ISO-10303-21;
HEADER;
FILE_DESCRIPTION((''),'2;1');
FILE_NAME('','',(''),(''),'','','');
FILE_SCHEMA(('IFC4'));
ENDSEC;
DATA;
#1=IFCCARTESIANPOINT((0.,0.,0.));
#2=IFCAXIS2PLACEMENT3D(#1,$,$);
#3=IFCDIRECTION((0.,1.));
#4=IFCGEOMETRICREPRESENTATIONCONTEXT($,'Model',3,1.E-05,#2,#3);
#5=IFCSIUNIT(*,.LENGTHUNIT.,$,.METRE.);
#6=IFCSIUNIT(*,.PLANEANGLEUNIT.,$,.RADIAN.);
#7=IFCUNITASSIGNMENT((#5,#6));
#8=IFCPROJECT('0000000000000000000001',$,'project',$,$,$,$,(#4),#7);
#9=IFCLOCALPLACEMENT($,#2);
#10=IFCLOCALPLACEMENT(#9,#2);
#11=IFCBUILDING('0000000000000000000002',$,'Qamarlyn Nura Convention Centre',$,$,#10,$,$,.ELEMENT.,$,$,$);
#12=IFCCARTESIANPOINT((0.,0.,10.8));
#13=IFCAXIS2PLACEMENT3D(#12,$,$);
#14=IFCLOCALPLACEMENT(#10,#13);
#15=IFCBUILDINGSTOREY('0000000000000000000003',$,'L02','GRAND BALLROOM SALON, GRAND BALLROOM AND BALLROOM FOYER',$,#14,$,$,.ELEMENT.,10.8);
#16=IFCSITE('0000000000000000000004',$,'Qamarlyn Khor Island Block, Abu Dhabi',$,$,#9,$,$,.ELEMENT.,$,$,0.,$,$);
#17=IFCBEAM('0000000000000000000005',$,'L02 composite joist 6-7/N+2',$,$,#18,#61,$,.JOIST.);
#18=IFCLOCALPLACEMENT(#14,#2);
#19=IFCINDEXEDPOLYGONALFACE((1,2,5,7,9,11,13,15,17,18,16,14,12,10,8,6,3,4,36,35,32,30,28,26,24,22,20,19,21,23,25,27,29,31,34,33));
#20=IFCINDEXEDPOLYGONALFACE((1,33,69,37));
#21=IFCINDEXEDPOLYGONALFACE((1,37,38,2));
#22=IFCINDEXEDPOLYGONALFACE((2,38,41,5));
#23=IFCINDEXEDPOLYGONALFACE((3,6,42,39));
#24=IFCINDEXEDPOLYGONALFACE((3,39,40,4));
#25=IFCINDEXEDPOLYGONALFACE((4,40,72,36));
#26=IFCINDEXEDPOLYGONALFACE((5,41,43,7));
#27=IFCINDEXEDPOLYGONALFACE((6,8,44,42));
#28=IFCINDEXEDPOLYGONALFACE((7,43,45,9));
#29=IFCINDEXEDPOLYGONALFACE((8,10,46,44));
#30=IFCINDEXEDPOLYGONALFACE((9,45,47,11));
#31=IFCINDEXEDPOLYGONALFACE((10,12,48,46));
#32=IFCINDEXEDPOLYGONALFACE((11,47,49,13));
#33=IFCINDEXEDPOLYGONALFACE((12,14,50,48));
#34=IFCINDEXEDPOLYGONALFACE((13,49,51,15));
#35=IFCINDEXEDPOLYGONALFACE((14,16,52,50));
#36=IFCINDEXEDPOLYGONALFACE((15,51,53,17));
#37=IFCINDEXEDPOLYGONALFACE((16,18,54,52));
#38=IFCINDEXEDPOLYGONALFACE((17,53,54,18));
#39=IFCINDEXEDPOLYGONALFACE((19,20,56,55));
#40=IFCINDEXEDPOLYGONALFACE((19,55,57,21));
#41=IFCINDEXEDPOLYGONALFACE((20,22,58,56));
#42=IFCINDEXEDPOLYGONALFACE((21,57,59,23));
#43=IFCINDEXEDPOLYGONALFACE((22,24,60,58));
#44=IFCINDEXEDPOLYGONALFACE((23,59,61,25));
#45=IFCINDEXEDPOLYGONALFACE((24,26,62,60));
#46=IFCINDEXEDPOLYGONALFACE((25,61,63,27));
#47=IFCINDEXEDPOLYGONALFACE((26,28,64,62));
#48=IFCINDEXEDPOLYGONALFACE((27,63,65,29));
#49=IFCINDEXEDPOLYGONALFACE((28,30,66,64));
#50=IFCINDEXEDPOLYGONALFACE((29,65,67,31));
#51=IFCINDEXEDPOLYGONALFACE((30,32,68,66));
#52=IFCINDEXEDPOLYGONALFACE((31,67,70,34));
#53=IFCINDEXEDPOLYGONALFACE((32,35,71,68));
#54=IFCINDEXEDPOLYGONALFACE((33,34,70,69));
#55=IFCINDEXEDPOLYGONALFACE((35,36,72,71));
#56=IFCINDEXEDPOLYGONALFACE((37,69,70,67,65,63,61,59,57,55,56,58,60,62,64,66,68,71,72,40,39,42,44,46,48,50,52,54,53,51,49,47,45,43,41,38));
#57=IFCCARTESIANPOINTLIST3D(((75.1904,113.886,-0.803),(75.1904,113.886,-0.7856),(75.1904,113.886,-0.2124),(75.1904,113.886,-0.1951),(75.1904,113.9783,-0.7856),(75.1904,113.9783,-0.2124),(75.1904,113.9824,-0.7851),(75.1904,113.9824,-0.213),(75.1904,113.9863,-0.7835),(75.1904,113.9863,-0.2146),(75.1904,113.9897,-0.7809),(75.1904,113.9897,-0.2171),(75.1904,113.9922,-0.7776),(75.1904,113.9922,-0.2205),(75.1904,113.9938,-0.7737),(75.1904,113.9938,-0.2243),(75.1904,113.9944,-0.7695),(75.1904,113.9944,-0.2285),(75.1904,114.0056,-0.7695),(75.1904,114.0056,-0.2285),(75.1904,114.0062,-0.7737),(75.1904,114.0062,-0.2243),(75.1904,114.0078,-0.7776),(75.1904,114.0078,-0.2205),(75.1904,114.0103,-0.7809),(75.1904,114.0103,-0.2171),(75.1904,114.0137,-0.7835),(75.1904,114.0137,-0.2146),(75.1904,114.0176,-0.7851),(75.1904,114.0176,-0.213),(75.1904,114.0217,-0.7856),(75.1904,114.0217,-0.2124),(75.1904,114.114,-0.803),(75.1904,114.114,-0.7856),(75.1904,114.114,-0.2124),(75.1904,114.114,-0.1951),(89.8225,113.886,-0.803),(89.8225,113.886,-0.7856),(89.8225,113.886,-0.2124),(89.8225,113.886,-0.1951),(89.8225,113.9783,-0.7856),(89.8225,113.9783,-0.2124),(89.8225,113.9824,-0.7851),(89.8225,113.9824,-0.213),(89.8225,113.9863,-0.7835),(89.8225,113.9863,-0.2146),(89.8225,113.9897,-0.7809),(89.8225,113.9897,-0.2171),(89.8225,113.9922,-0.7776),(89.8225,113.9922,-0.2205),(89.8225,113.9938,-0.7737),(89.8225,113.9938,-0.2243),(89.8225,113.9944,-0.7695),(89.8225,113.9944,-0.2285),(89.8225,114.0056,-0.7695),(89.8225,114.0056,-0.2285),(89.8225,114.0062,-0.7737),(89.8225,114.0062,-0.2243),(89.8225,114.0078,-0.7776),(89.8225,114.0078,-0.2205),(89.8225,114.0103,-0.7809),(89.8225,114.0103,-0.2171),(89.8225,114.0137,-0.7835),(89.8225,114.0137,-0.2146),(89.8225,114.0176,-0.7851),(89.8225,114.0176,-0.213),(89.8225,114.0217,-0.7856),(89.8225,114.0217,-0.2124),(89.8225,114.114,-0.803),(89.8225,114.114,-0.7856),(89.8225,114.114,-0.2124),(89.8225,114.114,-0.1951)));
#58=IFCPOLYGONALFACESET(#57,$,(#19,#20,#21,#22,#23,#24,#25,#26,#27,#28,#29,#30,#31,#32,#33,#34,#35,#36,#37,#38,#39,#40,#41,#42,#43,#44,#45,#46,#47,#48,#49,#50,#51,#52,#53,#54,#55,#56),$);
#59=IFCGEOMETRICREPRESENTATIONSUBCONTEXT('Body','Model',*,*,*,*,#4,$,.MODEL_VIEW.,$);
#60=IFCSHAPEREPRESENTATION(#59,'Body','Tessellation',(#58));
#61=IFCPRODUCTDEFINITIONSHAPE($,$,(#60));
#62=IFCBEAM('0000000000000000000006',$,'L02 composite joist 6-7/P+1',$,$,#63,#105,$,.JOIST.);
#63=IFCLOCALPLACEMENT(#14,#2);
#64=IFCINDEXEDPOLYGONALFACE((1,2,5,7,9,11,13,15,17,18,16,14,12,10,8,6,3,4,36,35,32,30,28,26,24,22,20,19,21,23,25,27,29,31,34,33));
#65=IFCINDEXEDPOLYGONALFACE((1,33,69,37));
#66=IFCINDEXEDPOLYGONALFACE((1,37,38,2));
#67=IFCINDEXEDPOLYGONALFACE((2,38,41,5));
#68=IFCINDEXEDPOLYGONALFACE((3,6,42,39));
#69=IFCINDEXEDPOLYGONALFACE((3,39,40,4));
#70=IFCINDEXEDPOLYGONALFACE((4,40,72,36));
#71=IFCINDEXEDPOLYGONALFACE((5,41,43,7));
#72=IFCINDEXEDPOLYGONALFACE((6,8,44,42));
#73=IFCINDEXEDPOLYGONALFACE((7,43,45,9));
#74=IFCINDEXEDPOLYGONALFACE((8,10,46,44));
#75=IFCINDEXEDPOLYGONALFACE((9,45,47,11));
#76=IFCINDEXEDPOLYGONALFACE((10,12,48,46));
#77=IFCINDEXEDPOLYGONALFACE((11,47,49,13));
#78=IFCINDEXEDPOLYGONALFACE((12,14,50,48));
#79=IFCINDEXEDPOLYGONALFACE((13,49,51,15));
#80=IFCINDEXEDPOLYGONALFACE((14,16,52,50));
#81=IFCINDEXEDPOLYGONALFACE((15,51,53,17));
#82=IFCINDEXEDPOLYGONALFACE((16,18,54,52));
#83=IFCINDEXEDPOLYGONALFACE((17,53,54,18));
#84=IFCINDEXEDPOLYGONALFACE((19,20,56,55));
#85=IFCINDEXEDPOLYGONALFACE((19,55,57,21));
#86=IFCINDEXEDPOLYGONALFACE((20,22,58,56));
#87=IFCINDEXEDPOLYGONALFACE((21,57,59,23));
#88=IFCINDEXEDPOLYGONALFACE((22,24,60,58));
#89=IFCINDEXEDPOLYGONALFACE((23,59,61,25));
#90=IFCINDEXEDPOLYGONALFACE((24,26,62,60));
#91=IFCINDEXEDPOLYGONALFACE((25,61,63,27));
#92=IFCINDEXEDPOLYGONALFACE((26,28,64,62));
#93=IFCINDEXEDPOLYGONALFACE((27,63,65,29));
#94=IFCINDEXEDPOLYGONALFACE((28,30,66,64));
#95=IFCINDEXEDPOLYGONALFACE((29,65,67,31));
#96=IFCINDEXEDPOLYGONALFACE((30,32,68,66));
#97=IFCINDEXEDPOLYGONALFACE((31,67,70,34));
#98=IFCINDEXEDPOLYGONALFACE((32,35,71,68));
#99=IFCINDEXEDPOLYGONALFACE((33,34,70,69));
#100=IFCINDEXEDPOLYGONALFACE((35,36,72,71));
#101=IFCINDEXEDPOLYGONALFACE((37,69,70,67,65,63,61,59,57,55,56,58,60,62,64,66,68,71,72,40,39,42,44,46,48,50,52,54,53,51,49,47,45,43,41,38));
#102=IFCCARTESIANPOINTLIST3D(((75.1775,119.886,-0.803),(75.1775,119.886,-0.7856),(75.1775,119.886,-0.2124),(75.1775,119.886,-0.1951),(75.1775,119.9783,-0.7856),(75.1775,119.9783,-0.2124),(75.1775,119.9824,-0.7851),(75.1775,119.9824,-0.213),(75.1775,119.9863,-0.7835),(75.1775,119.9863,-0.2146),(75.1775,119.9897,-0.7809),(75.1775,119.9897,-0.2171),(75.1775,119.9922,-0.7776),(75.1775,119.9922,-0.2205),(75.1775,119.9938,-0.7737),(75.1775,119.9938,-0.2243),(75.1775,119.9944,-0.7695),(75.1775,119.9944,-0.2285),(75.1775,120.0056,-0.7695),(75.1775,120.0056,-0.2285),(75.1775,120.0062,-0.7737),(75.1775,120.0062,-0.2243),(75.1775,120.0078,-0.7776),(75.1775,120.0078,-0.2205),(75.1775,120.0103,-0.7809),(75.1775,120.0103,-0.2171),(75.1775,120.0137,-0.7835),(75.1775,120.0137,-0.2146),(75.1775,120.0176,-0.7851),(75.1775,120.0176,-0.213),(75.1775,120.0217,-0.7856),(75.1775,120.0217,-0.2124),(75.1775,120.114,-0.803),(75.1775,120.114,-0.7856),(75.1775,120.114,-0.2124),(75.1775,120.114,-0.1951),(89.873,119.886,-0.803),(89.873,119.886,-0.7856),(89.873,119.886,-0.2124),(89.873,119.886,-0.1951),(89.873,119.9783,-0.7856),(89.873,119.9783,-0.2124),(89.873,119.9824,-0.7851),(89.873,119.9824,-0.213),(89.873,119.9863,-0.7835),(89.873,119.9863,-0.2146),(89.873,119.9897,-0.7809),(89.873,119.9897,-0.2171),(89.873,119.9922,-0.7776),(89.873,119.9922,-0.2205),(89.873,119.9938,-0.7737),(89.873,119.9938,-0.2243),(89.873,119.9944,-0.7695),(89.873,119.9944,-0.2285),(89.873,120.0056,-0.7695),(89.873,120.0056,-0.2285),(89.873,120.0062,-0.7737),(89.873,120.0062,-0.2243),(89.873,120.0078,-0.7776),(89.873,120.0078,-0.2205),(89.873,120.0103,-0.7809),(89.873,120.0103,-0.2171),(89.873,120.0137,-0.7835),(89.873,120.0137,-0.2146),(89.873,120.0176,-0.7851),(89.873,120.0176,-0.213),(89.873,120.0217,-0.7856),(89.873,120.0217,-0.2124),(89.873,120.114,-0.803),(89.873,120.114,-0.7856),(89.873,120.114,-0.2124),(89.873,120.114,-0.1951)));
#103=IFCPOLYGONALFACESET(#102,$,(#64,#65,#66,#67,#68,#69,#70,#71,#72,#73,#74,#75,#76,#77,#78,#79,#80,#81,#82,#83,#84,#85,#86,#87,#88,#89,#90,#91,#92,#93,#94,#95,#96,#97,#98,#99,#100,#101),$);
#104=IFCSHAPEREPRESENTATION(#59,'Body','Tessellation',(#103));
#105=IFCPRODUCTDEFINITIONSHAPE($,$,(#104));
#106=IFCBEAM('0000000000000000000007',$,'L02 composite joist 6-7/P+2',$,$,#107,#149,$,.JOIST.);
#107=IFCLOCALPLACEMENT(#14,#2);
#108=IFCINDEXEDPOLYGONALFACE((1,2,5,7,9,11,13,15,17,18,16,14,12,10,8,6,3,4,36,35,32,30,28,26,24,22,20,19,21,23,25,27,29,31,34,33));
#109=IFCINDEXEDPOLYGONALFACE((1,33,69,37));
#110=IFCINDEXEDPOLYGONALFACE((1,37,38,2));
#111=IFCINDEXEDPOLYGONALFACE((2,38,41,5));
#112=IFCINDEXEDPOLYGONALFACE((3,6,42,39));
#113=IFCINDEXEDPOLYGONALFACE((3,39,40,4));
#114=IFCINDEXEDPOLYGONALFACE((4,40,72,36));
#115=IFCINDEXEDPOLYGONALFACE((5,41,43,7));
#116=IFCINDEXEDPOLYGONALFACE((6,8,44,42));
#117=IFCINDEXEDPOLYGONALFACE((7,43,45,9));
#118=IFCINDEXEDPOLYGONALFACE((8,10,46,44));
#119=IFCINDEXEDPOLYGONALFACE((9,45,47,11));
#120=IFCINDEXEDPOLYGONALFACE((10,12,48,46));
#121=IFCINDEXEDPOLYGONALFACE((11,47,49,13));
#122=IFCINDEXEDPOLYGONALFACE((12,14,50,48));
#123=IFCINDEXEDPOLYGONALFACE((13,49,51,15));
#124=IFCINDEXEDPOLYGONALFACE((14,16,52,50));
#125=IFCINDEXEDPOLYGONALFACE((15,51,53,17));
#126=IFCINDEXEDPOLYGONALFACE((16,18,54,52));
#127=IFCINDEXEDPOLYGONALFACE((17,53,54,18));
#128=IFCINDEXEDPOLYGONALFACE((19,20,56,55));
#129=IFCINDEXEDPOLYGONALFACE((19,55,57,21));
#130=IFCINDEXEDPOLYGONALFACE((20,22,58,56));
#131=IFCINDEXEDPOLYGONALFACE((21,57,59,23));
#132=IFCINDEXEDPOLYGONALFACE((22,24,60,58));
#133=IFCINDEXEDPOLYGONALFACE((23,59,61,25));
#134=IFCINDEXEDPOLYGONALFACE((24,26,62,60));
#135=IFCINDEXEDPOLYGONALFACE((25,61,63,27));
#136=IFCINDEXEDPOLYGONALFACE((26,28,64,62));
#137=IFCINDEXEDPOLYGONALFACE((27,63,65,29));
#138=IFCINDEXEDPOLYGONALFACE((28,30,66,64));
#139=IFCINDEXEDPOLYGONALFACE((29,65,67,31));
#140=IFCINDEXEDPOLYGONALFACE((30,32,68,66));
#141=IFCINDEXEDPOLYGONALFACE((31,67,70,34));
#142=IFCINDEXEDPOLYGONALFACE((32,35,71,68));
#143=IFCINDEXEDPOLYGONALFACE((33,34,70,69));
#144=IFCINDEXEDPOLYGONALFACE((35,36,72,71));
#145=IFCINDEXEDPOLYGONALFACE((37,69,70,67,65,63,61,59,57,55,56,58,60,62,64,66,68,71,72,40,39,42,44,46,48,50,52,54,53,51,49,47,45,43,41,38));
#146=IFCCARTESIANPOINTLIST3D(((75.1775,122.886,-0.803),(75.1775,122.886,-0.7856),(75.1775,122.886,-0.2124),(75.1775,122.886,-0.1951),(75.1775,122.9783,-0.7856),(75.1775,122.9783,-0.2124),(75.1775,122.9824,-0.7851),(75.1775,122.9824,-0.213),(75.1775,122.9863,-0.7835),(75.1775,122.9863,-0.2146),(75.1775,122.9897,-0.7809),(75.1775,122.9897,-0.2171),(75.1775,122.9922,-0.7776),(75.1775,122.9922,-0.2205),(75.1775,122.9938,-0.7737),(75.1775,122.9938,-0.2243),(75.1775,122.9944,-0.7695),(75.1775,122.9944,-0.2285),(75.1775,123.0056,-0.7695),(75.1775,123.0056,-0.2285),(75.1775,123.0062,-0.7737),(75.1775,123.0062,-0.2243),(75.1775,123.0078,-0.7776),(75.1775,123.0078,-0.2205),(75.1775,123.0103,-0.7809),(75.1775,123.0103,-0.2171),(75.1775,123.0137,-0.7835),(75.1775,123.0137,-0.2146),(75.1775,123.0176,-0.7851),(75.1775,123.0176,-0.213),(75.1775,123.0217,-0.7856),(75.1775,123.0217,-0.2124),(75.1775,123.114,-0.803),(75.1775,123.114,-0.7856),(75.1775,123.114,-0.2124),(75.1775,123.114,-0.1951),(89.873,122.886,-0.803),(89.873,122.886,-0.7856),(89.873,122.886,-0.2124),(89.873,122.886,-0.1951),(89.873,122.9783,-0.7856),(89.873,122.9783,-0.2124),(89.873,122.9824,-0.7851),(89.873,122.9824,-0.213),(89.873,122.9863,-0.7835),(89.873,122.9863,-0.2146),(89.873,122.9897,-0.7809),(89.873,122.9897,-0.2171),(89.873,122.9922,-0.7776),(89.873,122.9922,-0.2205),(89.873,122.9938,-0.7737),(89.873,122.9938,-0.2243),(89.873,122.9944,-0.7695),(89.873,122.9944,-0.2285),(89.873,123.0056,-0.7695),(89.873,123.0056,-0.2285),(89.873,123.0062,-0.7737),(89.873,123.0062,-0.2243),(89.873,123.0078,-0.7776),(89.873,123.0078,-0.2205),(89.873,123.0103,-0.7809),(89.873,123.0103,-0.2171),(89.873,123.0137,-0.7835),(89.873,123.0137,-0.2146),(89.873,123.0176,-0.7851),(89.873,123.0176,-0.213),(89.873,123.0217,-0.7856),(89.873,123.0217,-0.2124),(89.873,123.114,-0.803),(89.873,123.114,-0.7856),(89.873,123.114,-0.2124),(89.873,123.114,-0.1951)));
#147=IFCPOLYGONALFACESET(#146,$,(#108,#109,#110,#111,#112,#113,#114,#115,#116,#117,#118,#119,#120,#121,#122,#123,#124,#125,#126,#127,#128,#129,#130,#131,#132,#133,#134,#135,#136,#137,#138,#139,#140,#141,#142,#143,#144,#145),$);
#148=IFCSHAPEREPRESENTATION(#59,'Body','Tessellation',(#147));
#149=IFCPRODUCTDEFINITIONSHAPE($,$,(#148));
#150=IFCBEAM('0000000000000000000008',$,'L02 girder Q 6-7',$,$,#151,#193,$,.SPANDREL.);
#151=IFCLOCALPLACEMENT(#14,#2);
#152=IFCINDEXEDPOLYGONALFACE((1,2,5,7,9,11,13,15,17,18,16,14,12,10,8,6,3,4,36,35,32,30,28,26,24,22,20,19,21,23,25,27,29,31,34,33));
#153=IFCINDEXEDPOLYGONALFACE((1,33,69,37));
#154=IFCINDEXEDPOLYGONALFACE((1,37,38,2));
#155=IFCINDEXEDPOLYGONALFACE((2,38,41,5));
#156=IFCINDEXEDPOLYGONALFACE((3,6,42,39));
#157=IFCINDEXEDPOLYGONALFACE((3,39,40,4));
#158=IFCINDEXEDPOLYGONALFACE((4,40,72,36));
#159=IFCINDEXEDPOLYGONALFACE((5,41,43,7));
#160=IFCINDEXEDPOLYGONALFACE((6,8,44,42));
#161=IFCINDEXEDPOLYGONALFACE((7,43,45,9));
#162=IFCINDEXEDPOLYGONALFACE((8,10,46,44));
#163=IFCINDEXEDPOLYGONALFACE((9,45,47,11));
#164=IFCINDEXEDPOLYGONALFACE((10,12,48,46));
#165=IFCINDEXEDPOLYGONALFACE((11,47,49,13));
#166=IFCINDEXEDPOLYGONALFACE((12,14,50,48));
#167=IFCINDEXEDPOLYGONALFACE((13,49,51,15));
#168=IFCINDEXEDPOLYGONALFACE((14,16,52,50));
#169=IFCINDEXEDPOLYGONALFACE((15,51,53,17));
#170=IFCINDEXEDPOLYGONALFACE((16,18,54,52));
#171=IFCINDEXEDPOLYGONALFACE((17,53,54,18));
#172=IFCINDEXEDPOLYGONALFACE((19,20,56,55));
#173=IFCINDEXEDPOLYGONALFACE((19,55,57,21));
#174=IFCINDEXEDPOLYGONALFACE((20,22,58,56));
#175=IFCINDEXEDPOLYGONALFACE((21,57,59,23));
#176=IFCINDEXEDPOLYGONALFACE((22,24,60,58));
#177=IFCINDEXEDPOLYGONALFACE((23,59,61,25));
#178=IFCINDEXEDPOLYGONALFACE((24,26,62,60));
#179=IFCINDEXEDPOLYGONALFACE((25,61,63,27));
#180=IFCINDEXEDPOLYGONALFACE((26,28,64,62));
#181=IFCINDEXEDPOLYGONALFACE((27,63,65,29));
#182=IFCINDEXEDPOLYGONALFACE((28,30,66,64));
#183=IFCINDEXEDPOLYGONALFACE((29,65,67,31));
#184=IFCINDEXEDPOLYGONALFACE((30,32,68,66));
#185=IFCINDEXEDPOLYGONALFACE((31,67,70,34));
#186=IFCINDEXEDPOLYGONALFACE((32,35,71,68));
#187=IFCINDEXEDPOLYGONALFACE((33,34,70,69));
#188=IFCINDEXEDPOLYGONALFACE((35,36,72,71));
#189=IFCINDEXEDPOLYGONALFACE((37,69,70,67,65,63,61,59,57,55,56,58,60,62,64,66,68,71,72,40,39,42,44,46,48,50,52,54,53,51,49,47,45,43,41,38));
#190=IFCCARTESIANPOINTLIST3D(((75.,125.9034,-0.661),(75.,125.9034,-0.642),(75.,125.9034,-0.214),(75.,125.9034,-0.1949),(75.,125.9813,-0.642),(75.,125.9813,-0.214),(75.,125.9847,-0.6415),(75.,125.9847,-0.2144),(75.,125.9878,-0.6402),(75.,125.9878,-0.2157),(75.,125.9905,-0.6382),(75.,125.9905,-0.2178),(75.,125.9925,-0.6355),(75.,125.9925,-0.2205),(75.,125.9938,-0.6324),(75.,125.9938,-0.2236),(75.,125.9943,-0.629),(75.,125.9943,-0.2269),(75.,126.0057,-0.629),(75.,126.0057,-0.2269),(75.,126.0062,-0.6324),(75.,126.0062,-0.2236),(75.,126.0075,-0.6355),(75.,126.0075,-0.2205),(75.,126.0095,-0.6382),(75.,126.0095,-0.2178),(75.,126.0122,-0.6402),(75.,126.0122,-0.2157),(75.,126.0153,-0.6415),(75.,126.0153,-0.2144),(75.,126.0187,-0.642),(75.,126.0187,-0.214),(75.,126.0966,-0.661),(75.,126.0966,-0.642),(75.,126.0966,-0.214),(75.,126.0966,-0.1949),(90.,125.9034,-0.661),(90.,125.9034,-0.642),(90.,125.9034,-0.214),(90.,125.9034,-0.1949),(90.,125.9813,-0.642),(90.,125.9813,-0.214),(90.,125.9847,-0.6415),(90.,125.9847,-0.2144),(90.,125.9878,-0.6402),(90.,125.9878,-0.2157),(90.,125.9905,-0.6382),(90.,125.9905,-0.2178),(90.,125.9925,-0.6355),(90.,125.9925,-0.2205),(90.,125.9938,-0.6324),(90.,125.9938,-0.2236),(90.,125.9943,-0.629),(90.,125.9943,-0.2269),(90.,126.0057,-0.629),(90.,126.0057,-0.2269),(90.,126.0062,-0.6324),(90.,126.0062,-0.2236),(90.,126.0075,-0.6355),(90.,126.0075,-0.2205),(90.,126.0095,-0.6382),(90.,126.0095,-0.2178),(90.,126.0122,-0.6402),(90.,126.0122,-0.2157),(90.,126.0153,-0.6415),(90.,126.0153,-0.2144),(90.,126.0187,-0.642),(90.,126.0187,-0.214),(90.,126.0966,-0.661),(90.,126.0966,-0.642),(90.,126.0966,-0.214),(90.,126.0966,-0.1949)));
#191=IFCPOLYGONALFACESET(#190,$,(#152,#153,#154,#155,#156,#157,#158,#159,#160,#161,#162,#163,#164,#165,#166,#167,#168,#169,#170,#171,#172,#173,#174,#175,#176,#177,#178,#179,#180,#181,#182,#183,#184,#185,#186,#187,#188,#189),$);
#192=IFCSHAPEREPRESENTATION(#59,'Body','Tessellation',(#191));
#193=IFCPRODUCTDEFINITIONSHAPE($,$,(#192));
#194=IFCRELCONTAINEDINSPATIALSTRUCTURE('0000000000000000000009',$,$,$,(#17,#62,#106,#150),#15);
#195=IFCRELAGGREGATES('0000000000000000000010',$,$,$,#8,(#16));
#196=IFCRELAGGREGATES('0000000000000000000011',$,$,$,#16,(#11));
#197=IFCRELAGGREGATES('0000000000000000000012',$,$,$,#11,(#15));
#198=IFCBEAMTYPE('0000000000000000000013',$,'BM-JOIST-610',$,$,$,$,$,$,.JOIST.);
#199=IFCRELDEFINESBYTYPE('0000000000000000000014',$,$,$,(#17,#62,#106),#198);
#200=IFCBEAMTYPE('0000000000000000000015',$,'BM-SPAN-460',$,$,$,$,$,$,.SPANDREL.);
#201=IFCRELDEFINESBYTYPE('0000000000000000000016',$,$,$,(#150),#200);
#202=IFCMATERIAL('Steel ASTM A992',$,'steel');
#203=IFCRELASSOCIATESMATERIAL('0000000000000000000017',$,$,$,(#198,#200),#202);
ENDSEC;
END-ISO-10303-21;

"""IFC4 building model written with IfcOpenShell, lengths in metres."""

from ifc_helpers import new_model, si_unit, direction, frame, origin, origin_2d, place, context, subcontext, project, spatial, i_section, extrude, material, material_profile, profile_set, type_object, element, save


model = new_model("IFC4")

# Units and contexts
model_context = context("Model", 3, precision=1e-05, world=origin(), true_north=direction((0.0, 1.0)))
body_context = subcontext(model_context, "Body", "Model", "MODEL_VIEW")
ifc_project = project(units=[si_unit("LENGTHUNIT", "METRE"), si_unit("PLANEANGLEUNIT", "RADIAN")], contexts=[model_context])

# Site, building, storey
site_placement = place(None, origin())
site = spatial("IfcSite", under=ifc_project, at=site_placement, Name="Qamarlyn Khor Island Block, Abu Dhabi", CompositionType="ELEMENT", RefElevation=0.0)
building_placement = place(site_placement, origin())
building = spatial("IfcBuilding", under=site, at=building_placement, Name="Qamarlyn Nura Convention Centre", CompositionType="ELEMENT")
storey_placement = place(building_placement, frame((0.0, 0.0, 10.8)))
storey = spatial("IfcBuildingStorey", under=building, at=storey_placement, Name="L02", Description="GRAND BALLROOM SALON, GRAND BALLROOM AND BALLROOM FOYER", CompositionType="ELEMENT", Elevation=10.8)

# Beams
ifc_material_1 = material(Name="Steel ASTM A992", Category="steel")
ifc_material_profile_1 = material_profile(ifc_material_1, i_section(OverallWidth=0.228, OverallDepth=0.6079, WebThickness=0.0112, FlangeThickness=0.0173, FilletRadius=0.0161, at=origin_2d()), Name="W610X113")
ifc_profile_set_1 = profile_set([ifc_material_profile_1], Name="Steel ASTM A992")
beam_type_1 = type_object("IfcBeamType", Name="BM-JOIST-610", PredefinedType="JOIST", material=ifc_profile_set_1)
for number, where, z_axis, x_axis, name in (
    (1, (75.1904, 114.0, -0.499), (1.0, 0.0, 0.0), (0.0, 1.0, 0.0), "L02 composite joist 6-7/N+2"),
):
    element("IfcBeam", number, at=place(storey_placement, frame(where, z_axis=z_axis, x_axis=x_axis)), inside=storey, type_object=beam_type_1, Name=name, PredefinedType="JOIST", context=body_context, shape_type="SweptSolid", body=[
        extrude(i_section(OverallWidth=0.228, OverallDepth=0.6079, WebThickness=0.0112, FlangeThickness=0.0173, FilletRadius=0.0161, at=origin_2d()), origin(), (0.0, 0.0, 1.0), 14.6321),
    ])
for number, where, z_axis, x_axis, name in (
    (2, (75.1775, 120.0, -0.499), (1.0, 0.0, 0.0), (0.0, 1.0, 0.0), "L02 composite joist 6-7/P+1"),
    (3, (75.1775, 123.0, -0.499), (1.0, 0.0, 0.0), (0.0, 1.0, 0.0), "L02 composite joist 6-7/P+2"),
):
    element("IfcBeam", number, at=place(storey_placement, frame(where, z_axis=z_axis, x_axis=x_axis)), inside=storey, type_object=beam_type_1, Name=name, PredefinedType="JOIST", context=body_context, shape_type="SweptSolid", body=[
        extrude(i_section(OverallWidth=0.228, OverallDepth=0.6079, WebThickness=0.0112, FlangeThickness=0.0173, FilletRadius=0.0161, at=origin_2d()), origin(), (0.0, 0.0, 1.0), 14.6956),
    ])
ifc_material_profile_2 = material_profile(ifc_material_1, i_section(OverallWidth=0.1931, OverallDepth=0.4661, WebThickness=0.0115, FlangeThickness=0.019, FilletRadius=0.0129, at=origin_2d()), Name="W460X97")
ifc_profile_set_2 = profile_set([ifc_material_profile_2], Name="Steel ASTM A992")
beam_type_2 = type_object("IfcBeamType", Name="BM-SPAN-460", PredefinedType="SPANDREL", material=ifc_profile_set_2)
beam_1_placement = place(storey_placement, frame((75.0, 126.0, -0.428), z_axis=(1.0, 0.0, 0.0), x_axis=(0.0, 1.0, 0.0)))
element("IfcBeam", 4, at=beam_1_placement, inside=storey, type_object=beam_type_2, Name="L02 girder Q 6-7", PredefinedType="SPANDREL", context=body_context, shape_type="SweptSolid", body=[
    extrude(i_section(OverallWidth=0.1931, OverallDepth=0.4661, WebThickness=0.0115, FlangeThickness=0.019, FilletRadius=0.0129, at=origin_2d()), origin(), (0.0, 0.0, 1.0), 15.0),
])

save(model, "model.ifc")
